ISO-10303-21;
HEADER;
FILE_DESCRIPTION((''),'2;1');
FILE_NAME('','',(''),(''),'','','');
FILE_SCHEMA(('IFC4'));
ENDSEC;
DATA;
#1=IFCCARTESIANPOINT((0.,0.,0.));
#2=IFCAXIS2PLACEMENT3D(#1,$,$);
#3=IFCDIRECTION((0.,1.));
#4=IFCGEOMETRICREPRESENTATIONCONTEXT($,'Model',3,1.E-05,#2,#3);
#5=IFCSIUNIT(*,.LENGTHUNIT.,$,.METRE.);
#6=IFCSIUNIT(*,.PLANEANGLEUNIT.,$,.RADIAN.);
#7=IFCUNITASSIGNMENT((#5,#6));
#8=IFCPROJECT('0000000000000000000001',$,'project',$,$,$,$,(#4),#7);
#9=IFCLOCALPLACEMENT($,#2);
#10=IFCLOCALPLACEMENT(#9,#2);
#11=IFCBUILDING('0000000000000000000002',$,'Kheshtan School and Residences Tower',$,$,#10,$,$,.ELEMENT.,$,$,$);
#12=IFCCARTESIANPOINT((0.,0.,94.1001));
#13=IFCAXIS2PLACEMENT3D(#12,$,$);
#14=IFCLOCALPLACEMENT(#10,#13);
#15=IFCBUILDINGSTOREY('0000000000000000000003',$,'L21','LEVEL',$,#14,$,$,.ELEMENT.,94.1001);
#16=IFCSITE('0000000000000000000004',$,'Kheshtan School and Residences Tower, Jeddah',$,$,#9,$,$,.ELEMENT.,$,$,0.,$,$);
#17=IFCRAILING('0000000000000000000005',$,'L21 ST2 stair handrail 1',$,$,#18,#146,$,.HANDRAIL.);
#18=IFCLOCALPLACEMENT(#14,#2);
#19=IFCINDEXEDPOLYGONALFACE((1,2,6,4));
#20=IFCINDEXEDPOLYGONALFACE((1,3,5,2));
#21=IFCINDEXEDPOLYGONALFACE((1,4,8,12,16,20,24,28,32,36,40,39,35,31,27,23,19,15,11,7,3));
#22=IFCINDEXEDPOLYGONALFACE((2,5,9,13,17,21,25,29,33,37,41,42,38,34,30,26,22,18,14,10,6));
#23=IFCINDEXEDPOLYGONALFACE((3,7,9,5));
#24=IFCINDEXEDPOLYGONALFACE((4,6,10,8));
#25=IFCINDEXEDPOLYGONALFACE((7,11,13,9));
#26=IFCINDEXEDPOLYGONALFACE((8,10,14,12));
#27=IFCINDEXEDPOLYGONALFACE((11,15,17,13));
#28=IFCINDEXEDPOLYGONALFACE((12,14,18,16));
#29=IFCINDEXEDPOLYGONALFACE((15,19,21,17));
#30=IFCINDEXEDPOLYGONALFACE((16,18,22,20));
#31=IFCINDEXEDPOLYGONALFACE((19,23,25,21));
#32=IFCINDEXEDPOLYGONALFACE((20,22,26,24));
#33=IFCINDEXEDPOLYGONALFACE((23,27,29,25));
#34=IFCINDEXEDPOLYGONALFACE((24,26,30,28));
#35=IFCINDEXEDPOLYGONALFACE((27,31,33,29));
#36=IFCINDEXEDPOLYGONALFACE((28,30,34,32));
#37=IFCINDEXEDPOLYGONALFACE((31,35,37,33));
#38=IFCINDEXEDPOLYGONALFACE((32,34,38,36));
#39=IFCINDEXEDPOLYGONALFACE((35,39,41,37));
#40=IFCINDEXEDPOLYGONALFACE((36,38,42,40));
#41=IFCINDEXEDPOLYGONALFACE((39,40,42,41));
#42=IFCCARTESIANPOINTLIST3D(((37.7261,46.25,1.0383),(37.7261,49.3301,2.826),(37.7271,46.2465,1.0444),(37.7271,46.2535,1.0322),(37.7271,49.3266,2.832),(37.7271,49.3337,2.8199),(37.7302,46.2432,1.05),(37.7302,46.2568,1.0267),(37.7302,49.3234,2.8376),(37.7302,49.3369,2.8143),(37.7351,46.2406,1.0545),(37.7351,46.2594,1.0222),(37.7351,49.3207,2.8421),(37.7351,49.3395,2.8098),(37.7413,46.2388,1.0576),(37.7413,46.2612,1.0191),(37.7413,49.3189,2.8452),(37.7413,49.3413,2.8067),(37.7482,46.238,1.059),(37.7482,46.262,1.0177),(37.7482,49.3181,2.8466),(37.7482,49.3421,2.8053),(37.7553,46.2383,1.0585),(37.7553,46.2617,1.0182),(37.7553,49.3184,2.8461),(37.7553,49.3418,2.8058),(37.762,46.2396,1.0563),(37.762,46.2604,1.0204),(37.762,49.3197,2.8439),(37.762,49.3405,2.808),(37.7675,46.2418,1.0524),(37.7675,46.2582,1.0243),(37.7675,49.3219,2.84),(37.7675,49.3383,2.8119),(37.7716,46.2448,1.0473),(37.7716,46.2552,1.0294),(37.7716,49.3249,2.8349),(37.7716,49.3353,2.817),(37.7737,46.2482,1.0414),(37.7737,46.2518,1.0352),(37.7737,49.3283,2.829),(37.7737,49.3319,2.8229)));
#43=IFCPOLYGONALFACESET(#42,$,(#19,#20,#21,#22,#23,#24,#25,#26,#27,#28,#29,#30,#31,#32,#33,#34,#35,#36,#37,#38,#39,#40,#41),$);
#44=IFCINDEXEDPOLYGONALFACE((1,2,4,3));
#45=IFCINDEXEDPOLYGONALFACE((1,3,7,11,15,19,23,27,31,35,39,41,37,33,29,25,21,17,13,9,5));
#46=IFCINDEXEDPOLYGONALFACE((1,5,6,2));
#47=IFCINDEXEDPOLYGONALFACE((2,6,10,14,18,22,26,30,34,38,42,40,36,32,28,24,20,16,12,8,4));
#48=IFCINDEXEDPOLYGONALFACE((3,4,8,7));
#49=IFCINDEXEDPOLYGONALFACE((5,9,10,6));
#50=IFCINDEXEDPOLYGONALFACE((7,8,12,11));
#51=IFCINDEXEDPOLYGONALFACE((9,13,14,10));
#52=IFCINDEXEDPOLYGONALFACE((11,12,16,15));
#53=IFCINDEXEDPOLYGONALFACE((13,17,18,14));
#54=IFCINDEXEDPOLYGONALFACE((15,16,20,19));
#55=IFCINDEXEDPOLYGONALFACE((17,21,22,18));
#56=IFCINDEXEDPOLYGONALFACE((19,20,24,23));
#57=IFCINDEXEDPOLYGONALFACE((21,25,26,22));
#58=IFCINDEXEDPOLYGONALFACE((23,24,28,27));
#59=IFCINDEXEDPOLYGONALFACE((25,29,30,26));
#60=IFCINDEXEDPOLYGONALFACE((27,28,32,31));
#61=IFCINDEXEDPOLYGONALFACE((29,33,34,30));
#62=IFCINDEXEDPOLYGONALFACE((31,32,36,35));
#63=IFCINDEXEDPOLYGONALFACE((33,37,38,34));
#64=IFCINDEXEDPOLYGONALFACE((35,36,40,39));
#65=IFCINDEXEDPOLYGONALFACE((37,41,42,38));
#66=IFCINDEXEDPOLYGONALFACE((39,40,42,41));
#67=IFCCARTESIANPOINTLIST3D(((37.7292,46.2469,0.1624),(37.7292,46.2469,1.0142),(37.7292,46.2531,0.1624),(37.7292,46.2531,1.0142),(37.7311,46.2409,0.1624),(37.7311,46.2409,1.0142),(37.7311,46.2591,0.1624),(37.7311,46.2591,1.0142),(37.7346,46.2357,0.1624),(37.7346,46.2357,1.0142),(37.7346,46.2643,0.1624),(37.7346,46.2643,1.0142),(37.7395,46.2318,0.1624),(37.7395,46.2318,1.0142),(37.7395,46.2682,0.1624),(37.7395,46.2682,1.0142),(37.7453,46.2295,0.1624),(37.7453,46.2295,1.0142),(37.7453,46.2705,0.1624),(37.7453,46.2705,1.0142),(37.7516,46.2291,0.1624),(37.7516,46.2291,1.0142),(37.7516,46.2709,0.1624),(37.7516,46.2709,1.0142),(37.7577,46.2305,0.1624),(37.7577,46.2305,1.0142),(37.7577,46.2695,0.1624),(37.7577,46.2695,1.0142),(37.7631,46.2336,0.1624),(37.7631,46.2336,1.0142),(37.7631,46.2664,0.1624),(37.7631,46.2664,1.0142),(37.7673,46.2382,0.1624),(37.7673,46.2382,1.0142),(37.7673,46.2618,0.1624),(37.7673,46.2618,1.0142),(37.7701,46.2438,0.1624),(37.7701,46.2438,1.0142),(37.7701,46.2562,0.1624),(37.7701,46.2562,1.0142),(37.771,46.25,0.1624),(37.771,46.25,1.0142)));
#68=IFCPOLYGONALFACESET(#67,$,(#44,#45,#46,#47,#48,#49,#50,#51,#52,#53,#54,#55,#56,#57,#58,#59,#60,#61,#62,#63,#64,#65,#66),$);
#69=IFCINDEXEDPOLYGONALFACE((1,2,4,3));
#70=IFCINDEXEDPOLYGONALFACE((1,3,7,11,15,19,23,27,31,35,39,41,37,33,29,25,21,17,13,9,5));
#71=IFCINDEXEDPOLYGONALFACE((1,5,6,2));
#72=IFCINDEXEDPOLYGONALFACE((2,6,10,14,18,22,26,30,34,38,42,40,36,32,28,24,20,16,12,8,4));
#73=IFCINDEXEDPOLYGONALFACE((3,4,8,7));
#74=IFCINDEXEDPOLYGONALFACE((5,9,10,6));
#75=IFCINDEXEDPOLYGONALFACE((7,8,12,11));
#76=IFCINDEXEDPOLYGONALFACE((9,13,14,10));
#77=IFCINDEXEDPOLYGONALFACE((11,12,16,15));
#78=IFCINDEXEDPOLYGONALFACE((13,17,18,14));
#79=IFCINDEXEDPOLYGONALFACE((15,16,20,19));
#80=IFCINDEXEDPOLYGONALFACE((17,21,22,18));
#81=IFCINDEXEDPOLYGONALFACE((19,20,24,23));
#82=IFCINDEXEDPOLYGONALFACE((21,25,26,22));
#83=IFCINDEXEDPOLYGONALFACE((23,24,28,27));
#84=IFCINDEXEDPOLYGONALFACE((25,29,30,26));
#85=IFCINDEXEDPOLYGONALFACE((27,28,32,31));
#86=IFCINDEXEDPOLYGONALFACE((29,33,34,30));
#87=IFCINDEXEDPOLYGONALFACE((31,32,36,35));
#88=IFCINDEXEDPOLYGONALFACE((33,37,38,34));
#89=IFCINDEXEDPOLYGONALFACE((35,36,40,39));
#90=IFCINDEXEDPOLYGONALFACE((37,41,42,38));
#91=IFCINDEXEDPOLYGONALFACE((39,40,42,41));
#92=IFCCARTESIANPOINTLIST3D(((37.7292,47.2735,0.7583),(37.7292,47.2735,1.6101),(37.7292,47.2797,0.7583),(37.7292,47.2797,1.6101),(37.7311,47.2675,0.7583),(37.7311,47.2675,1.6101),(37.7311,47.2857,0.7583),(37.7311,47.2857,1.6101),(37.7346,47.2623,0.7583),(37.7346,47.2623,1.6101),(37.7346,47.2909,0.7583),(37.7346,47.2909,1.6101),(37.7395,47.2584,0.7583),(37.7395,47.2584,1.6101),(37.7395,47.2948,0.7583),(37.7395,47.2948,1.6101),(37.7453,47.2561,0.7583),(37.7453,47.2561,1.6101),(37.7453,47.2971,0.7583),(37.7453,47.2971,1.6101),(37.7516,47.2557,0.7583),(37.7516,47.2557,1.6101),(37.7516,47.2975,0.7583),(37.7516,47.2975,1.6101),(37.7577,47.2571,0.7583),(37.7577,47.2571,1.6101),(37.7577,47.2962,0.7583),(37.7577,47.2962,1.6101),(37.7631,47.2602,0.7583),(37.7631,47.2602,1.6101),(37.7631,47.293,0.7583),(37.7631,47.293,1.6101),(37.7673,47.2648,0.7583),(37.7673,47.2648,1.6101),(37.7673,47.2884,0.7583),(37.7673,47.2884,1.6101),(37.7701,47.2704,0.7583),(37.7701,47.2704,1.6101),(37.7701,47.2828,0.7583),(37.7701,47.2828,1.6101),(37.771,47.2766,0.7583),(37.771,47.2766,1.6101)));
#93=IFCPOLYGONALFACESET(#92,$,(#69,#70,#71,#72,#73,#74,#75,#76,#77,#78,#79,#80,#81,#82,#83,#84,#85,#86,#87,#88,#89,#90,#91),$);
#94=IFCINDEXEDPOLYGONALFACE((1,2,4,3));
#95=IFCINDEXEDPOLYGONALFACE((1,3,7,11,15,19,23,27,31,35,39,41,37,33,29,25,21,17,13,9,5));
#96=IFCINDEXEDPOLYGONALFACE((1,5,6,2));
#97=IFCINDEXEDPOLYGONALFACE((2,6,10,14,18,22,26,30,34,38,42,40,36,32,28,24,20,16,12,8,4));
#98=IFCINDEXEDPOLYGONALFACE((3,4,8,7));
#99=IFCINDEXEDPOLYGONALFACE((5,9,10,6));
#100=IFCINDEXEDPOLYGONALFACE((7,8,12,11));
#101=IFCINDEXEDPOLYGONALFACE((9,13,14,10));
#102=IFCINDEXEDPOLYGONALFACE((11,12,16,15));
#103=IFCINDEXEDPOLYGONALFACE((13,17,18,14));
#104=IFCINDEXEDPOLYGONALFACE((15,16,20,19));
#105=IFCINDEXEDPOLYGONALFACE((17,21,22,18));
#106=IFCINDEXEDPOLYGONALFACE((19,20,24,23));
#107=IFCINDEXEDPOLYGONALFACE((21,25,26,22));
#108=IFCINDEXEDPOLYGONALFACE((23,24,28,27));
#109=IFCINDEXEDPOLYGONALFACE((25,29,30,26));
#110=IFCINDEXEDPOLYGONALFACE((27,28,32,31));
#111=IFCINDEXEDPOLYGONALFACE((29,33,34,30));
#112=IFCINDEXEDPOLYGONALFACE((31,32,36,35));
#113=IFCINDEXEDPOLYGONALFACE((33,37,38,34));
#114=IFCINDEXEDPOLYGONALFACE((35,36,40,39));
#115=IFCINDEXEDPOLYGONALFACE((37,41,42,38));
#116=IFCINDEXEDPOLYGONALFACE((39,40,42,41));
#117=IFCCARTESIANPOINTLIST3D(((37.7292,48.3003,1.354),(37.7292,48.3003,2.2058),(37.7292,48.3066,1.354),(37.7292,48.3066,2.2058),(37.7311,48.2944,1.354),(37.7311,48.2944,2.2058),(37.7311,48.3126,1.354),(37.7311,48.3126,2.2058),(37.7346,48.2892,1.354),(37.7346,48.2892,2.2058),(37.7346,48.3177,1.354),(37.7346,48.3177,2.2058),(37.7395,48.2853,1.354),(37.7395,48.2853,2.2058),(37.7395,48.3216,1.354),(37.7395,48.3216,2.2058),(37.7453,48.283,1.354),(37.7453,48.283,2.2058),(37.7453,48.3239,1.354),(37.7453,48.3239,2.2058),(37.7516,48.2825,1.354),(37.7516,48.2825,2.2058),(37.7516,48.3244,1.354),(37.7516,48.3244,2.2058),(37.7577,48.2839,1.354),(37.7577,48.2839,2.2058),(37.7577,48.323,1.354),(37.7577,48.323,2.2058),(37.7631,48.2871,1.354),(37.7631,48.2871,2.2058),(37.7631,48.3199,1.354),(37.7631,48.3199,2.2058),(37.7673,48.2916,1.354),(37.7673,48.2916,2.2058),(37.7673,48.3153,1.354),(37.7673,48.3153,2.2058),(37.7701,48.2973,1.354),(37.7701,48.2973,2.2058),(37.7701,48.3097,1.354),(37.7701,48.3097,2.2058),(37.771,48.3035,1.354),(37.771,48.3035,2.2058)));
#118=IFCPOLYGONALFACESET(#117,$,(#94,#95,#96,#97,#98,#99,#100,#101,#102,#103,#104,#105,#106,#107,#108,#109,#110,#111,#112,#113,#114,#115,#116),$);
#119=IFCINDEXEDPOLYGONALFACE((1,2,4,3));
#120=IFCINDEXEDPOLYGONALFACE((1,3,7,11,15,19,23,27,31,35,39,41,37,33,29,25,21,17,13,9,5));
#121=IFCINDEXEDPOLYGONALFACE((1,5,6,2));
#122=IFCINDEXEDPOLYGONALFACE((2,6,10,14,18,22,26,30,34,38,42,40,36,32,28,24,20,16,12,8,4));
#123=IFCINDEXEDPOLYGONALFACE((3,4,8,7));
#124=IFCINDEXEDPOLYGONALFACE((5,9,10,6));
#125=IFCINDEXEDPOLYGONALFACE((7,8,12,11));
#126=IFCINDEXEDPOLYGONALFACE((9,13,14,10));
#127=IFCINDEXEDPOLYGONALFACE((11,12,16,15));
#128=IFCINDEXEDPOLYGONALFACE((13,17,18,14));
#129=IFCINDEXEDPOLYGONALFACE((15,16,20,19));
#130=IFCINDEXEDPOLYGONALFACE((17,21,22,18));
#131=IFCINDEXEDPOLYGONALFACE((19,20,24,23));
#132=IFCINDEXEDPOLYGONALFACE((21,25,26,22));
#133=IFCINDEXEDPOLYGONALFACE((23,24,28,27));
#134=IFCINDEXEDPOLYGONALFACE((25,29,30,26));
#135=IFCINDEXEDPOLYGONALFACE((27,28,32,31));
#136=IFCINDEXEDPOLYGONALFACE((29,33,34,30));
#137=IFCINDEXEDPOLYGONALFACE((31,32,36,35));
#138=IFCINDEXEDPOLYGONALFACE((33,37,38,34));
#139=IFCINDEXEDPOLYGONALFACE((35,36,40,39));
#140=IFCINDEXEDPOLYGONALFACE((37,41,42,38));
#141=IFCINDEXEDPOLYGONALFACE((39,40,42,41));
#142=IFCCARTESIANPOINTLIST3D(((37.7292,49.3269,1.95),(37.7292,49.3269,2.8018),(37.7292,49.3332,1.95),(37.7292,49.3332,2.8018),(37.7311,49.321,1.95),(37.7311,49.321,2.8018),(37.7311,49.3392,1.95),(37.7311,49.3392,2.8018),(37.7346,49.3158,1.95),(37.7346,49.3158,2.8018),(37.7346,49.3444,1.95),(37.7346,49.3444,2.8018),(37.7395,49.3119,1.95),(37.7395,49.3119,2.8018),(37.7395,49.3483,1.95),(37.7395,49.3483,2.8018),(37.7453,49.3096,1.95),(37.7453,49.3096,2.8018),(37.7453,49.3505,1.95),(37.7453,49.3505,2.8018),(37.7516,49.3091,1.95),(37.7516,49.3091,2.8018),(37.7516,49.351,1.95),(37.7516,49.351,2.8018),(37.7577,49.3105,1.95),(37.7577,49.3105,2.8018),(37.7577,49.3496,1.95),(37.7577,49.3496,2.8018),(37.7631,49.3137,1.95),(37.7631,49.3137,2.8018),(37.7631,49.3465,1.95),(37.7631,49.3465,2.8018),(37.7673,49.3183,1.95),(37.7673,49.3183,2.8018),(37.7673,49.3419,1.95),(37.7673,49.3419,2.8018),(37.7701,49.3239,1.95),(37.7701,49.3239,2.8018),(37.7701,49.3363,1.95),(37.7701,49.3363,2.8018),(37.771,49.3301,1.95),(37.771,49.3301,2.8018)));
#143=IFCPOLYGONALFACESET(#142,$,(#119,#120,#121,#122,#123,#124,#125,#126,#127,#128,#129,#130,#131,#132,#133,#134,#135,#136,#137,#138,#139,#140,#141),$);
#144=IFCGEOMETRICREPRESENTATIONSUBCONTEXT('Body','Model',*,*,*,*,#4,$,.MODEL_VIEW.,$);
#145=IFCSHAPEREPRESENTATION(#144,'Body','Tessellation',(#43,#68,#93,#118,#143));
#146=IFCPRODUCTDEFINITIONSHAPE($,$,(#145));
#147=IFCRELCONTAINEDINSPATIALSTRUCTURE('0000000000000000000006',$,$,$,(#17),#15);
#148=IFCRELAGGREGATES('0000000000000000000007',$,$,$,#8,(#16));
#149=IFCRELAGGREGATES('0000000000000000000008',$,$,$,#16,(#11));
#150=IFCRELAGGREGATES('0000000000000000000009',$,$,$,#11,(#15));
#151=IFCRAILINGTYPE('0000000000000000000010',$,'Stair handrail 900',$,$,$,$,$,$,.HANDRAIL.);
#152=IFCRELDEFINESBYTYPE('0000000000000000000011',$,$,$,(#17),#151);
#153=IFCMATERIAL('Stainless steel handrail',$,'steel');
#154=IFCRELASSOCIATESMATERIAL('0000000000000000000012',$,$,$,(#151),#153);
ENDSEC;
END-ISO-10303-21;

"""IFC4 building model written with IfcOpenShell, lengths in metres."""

from ifc_helpers import new_model, si_unit, direction, frame, origin, origin_2d, place, context, subcontext, project, spatial, circle, extrude, material, type_object, element, save


model = new_model("IFC4")

# Units and contexts
model_context = context("Model", 3, precision=1e-05, world=origin(), true_north=direction((0.0, 1.0)))
body_context = subcontext(model_context, "Body", "Model", "MODEL_VIEW")
ifc_project = project(units=[si_unit("LENGTHUNIT", "METRE"), si_unit("PLANEANGLEUNIT", "RADIAN")], contexts=[model_context])

# Site, building, storey
site_placement = place(None, origin())
site = spatial("IfcSite", under=ifc_project, at=site_placement, Name="Kheshtan School and Residences Tower, Jeddah", CompositionType="ELEMENT", RefElevation=0.0)
building_placement = place(site_placement, origin())
building = spatial("IfcBuilding", under=site, at=building_placement, Name="Kheshtan School and Residences Tower", CompositionType="ELEMENT")
storey_placement = place(building_placement, frame((0.0, 0.0, 94.1001)))
storey = spatial("IfcBuildingStorey", under=building, at=storey_placement, Name="L21", Description="LEVEL", CompositionType="ELEMENT", Elevation=94.1001)

# Railing
ifc_material_1 = material(Name="Stainless steel handrail", Category="steel")
railing_type = type_object("IfcRailingType", Name="Stair handrail 900", PredefinedType="HANDRAIL", material=ifc_material_1)
railing_placement = place(storey_placement, frame((37.75, 46.25, 0.1624)))
element("IfcRailing", 1, at=railing_placement, inside=storey, type_object=railing_type, Name="L21 ST2 stair handrail 1", PredefinedType="HANDRAIL", context=body_context, shape_type="SweptSolid", body=[
    extrude(circle(Radius=0.0239, at=origin_2d()), frame((0.0, 0.0, 0.876), z_axis=(0.0, 0.864891, 0.50196), x_axis=(-1.0, 0.0, 0.0)), (0.0, 0.0, 1.0), 3.5613),
    extrude(circle(Radius=0.021, at=origin_2d()), origin(), (0.0, 0.0, 1.0), 0.8518),
    extrude(circle(Radius=0.021, at=origin_2d()), frame((0.0, 1.0266, 0.5959)), (0.0, 0.0, 1.0), 0.8518),
    extrude(circle(Radius=0.021, at=origin_2d()), frame((0.0, 2.0535, 1.1917)), (0.0, 0.0, 1.0), 0.8518),
    extrude(circle(Radius=0.021, at=origin_2d()), frame((0.0, 3.0801, 1.7876)), (0.0, 0.0, 1.0), 0.8518),
])

save(model, "model.ifc")
